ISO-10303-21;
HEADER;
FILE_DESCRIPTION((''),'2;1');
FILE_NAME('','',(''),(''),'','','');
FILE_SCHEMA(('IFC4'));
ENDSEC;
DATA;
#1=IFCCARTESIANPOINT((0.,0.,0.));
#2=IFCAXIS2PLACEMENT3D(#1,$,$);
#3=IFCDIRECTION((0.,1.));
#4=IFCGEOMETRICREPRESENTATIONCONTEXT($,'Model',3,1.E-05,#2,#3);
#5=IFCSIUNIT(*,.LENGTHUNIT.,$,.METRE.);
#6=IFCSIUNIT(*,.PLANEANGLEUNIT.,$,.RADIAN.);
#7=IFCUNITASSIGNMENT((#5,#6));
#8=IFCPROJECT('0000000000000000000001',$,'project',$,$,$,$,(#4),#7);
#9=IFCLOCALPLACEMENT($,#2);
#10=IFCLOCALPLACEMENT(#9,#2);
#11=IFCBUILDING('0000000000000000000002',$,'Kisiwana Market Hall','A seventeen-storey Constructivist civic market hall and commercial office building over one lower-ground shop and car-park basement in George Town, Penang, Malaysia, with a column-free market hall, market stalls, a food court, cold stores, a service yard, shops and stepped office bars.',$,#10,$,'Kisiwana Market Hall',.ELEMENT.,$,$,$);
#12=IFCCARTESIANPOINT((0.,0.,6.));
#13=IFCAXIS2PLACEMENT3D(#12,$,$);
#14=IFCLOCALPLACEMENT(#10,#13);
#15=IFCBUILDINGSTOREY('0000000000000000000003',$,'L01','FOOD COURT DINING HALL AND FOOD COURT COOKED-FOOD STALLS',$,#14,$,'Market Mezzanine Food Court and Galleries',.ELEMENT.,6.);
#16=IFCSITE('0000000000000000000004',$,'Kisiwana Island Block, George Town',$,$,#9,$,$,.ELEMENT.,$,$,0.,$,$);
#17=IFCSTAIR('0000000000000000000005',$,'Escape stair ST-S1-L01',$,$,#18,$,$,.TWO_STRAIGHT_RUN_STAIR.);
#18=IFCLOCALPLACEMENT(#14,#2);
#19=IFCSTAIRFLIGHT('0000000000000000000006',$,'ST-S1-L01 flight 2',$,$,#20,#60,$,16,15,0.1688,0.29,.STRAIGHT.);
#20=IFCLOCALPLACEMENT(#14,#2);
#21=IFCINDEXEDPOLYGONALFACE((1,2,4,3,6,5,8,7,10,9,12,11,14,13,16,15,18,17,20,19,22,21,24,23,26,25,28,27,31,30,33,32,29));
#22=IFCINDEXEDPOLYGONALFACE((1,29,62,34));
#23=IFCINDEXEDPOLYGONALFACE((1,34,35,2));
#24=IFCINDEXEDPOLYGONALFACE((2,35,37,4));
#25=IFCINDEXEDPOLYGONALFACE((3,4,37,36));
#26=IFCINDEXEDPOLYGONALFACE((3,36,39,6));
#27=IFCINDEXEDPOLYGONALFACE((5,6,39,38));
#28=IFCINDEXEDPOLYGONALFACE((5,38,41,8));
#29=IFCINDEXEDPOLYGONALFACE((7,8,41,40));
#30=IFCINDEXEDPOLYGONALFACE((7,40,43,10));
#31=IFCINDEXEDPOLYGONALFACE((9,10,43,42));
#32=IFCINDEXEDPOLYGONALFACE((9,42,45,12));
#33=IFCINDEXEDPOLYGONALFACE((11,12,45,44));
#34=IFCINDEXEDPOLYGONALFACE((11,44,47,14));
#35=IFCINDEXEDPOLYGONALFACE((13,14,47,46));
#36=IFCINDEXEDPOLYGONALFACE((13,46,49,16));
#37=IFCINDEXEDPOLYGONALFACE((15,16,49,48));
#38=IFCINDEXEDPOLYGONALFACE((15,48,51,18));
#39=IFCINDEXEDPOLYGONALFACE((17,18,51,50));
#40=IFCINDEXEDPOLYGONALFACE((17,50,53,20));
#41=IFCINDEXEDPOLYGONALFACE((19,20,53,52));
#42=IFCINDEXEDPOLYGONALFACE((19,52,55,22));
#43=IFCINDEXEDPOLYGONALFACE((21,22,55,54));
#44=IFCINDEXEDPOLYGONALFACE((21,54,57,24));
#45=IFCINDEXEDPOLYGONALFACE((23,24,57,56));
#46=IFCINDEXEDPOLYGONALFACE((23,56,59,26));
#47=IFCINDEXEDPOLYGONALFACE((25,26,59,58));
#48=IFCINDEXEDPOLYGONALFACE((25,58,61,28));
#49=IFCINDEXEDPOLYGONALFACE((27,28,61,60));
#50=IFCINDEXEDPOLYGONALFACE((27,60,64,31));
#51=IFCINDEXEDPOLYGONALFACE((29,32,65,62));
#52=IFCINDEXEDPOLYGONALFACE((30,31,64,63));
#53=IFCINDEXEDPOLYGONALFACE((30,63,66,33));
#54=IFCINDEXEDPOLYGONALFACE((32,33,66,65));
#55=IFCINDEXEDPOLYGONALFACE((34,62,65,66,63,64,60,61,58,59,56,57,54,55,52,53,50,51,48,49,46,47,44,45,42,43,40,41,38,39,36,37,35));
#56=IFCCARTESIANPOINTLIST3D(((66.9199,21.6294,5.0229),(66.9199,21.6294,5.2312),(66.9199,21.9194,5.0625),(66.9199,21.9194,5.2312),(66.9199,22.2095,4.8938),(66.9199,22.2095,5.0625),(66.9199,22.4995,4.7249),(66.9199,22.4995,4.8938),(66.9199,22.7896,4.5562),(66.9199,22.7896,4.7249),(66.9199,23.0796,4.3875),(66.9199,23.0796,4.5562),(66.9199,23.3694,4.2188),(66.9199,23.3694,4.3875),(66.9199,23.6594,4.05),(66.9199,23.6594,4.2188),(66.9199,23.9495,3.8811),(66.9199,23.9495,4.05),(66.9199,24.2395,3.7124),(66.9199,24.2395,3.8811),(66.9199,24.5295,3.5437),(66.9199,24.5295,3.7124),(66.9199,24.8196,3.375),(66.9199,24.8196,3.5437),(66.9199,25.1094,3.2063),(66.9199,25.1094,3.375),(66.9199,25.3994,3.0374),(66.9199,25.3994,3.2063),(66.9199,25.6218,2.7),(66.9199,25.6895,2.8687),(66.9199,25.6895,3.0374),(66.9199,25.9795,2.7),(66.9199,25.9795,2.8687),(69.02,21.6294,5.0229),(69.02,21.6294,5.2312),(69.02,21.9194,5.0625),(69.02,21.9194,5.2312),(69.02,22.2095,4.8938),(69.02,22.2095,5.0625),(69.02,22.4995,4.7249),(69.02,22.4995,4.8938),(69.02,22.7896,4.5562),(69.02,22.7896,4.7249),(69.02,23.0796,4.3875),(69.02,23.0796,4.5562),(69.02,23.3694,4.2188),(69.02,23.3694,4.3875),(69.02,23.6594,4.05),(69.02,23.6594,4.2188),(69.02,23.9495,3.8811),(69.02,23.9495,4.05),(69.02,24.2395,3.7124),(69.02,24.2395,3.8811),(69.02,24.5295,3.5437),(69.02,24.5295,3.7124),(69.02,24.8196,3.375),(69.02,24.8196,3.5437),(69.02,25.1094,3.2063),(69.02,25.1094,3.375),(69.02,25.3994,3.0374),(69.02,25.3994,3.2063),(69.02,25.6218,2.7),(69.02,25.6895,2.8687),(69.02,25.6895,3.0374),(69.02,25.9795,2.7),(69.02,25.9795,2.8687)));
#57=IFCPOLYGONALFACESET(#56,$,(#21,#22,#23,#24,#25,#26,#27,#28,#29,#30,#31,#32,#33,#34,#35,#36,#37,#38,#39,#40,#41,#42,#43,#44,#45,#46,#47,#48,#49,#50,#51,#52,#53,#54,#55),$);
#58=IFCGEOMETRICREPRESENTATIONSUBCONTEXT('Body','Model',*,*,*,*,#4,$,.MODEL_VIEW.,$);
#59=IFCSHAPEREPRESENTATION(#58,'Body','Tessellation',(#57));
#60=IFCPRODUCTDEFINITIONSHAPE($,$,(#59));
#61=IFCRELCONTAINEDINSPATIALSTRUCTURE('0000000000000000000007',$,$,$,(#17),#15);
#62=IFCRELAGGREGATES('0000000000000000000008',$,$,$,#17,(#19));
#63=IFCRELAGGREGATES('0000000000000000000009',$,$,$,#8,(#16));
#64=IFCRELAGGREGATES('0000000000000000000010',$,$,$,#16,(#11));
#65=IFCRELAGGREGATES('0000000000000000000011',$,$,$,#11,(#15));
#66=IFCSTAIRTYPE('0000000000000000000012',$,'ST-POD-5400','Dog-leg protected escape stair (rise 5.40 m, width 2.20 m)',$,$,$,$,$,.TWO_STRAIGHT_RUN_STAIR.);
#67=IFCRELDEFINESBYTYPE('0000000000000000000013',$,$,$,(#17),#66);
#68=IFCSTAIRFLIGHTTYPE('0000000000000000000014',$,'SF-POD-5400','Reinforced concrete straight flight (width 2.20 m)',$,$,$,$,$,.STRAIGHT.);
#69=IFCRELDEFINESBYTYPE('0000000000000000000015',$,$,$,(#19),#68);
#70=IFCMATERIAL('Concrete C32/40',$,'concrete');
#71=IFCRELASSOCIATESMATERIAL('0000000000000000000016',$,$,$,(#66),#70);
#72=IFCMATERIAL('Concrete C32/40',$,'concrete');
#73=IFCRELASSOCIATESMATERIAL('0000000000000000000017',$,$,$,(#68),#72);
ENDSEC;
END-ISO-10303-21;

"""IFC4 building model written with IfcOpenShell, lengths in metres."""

from ifc_helpers import new_model, si_unit, direction, frame, origin, place, context, subcontext, project, spatial, polyline, outline, extrude, material, type_object, element, aggregate, save


model = new_model("IFC4")

# Units and contexts
model_context = context("Model", 3, precision=1e-05, world=origin(), true_north=direction((0.0, 1.0)))
body_context = subcontext(model_context, "Body", "Model", "MODEL_VIEW")
ifc_project = project(units=[si_unit("LENGTHUNIT", "METRE"), si_unit("PLANEANGLEUNIT", "RADIAN")], contexts=[model_context])

# Site, building, storey
site_placement = place(None, origin())
site = spatial("IfcSite", under=ifc_project, at=site_placement, Name="Kisiwana Island Block, George Town", CompositionType="ELEMENT", RefElevation=0.0)
building_placement = place(site_placement, origin())
building = spatial("IfcBuilding", under=site, at=building_placement, Name="Kisiwana Market Hall", Description="A seventeen-storey Constructivist civic market hall and commercial office building over one lower-ground shop and car-park basement in George Town, Penang, Malaysia, with a column-free market hall, market stalls, a food court, cold stores, a service yard, shops and stepped office bars.", LongName="Kisiwana Market Hall", CompositionType="ELEMENT")
storey_placement = place(building_placement, frame((0.0, 0.0, 6.0)))
storey = spatial("IfcBuildingStorey", under=building, at=storey_placement, Name="L01", Description="FOOD COURT DINING HALL AND FOOD COURT COOKED-FOOD STALLS", LongName="Market Mezzanine Food Court and Galleries", CompositionType="ELEMENT", Elevation=6.0)

# Stair, stair flight
ifc_material_1 = material(Name="Concrete C32/40", Category="concrete")
stair_type = type_object("IfcStairType", Name="ST-POD-5400", Description="Dog-leg protected escape stair (rise 5.40 m, width 2.20 m)", PredefinedType="TWO_STRAIGHT_RUN_STAIR", material=ifc_material_1)
stair_placement = place(storey_placement, origin())
stair = element("IfcStair", 1, at=stair_placement, inside=storey, type_object=stair_type, Name="Escape stair ST-S1-L01", PredefinedType="TWO_STRAIGHT_RUN_STAIR")
ifc_material_2 = material(Name="Concrete C32/40", Category="concrete")
stair_flight_type = type_object("IfcStairFlightType", Name="SF-POD-5400", Description="Reinforced concrete straight flight (width 2.20 m)", PredefinedType="STRAIGHT", material=ifc_material_2)
stair_flight_placement = place(storey_placement, frame((67.97, 25.9795, 2.7), z_axis=(0.0, 0.0, 1.0), x_axis=(0.0, -1.0, 0.0)))
stair_flight = element("IfcStairFlight", 2, at=stair_flight_placement, type_object=stair_flight_type, Name="ST-S1-L01 flight 2", NumberOfRisers=16, NumberOfTreads=15, PredefinedType="STRAIGHT", RiserHeight=0.1688, TreadLength=0.29, context=body_context, shape_type="SweptSolid", body=[
    extrude(outline(polyline([(0.0, 0.0), (0.0, 0.1687), (0.29, 0.1687), (0.29, 0.3374), (0.5801, 0.3374), (0.5801, 0.5063), (0.8701, 0.5063), (0.8701, 0.675), (1.1599, 0.675), (1.1599, 0.8438), (1.45, 0.8438), (1.45, 1.0125), (1.74, 1.0125), (1.74, 1.1812), (2.03, 1.1812), (2.03, 1.3501), (2.3201, 1.3501), (2.3201, 1.5188), (2.6101, 1.5188), (2.6101, 1.6875), (2.8999, 1.6875), (2.8999, 1.8562), (3.1899, 1.8562), (3.1899, 2.0249), (3.48, 2.0249), (3.48, 2.1938), (3.77, 2.1938), (3.77, 2.3625), (4.0601, 2.3625), (4.0601, 2.5312), (4.3501, 2.5312), (4.3501, 2.7), (4.3501, 2.323), (0.3577, 0.0), (0.0, 0.0)])), frame((0.0, 1.05, 0.0), z_axis=(0.0, -1.0, 0.0), x_axis=(1.0, 0.0, 0.0)), (0.0, 0.0, 1.0), 2.1001),
])
aggregate(stair, [stair_flight])

save(model, "model.ifc")
